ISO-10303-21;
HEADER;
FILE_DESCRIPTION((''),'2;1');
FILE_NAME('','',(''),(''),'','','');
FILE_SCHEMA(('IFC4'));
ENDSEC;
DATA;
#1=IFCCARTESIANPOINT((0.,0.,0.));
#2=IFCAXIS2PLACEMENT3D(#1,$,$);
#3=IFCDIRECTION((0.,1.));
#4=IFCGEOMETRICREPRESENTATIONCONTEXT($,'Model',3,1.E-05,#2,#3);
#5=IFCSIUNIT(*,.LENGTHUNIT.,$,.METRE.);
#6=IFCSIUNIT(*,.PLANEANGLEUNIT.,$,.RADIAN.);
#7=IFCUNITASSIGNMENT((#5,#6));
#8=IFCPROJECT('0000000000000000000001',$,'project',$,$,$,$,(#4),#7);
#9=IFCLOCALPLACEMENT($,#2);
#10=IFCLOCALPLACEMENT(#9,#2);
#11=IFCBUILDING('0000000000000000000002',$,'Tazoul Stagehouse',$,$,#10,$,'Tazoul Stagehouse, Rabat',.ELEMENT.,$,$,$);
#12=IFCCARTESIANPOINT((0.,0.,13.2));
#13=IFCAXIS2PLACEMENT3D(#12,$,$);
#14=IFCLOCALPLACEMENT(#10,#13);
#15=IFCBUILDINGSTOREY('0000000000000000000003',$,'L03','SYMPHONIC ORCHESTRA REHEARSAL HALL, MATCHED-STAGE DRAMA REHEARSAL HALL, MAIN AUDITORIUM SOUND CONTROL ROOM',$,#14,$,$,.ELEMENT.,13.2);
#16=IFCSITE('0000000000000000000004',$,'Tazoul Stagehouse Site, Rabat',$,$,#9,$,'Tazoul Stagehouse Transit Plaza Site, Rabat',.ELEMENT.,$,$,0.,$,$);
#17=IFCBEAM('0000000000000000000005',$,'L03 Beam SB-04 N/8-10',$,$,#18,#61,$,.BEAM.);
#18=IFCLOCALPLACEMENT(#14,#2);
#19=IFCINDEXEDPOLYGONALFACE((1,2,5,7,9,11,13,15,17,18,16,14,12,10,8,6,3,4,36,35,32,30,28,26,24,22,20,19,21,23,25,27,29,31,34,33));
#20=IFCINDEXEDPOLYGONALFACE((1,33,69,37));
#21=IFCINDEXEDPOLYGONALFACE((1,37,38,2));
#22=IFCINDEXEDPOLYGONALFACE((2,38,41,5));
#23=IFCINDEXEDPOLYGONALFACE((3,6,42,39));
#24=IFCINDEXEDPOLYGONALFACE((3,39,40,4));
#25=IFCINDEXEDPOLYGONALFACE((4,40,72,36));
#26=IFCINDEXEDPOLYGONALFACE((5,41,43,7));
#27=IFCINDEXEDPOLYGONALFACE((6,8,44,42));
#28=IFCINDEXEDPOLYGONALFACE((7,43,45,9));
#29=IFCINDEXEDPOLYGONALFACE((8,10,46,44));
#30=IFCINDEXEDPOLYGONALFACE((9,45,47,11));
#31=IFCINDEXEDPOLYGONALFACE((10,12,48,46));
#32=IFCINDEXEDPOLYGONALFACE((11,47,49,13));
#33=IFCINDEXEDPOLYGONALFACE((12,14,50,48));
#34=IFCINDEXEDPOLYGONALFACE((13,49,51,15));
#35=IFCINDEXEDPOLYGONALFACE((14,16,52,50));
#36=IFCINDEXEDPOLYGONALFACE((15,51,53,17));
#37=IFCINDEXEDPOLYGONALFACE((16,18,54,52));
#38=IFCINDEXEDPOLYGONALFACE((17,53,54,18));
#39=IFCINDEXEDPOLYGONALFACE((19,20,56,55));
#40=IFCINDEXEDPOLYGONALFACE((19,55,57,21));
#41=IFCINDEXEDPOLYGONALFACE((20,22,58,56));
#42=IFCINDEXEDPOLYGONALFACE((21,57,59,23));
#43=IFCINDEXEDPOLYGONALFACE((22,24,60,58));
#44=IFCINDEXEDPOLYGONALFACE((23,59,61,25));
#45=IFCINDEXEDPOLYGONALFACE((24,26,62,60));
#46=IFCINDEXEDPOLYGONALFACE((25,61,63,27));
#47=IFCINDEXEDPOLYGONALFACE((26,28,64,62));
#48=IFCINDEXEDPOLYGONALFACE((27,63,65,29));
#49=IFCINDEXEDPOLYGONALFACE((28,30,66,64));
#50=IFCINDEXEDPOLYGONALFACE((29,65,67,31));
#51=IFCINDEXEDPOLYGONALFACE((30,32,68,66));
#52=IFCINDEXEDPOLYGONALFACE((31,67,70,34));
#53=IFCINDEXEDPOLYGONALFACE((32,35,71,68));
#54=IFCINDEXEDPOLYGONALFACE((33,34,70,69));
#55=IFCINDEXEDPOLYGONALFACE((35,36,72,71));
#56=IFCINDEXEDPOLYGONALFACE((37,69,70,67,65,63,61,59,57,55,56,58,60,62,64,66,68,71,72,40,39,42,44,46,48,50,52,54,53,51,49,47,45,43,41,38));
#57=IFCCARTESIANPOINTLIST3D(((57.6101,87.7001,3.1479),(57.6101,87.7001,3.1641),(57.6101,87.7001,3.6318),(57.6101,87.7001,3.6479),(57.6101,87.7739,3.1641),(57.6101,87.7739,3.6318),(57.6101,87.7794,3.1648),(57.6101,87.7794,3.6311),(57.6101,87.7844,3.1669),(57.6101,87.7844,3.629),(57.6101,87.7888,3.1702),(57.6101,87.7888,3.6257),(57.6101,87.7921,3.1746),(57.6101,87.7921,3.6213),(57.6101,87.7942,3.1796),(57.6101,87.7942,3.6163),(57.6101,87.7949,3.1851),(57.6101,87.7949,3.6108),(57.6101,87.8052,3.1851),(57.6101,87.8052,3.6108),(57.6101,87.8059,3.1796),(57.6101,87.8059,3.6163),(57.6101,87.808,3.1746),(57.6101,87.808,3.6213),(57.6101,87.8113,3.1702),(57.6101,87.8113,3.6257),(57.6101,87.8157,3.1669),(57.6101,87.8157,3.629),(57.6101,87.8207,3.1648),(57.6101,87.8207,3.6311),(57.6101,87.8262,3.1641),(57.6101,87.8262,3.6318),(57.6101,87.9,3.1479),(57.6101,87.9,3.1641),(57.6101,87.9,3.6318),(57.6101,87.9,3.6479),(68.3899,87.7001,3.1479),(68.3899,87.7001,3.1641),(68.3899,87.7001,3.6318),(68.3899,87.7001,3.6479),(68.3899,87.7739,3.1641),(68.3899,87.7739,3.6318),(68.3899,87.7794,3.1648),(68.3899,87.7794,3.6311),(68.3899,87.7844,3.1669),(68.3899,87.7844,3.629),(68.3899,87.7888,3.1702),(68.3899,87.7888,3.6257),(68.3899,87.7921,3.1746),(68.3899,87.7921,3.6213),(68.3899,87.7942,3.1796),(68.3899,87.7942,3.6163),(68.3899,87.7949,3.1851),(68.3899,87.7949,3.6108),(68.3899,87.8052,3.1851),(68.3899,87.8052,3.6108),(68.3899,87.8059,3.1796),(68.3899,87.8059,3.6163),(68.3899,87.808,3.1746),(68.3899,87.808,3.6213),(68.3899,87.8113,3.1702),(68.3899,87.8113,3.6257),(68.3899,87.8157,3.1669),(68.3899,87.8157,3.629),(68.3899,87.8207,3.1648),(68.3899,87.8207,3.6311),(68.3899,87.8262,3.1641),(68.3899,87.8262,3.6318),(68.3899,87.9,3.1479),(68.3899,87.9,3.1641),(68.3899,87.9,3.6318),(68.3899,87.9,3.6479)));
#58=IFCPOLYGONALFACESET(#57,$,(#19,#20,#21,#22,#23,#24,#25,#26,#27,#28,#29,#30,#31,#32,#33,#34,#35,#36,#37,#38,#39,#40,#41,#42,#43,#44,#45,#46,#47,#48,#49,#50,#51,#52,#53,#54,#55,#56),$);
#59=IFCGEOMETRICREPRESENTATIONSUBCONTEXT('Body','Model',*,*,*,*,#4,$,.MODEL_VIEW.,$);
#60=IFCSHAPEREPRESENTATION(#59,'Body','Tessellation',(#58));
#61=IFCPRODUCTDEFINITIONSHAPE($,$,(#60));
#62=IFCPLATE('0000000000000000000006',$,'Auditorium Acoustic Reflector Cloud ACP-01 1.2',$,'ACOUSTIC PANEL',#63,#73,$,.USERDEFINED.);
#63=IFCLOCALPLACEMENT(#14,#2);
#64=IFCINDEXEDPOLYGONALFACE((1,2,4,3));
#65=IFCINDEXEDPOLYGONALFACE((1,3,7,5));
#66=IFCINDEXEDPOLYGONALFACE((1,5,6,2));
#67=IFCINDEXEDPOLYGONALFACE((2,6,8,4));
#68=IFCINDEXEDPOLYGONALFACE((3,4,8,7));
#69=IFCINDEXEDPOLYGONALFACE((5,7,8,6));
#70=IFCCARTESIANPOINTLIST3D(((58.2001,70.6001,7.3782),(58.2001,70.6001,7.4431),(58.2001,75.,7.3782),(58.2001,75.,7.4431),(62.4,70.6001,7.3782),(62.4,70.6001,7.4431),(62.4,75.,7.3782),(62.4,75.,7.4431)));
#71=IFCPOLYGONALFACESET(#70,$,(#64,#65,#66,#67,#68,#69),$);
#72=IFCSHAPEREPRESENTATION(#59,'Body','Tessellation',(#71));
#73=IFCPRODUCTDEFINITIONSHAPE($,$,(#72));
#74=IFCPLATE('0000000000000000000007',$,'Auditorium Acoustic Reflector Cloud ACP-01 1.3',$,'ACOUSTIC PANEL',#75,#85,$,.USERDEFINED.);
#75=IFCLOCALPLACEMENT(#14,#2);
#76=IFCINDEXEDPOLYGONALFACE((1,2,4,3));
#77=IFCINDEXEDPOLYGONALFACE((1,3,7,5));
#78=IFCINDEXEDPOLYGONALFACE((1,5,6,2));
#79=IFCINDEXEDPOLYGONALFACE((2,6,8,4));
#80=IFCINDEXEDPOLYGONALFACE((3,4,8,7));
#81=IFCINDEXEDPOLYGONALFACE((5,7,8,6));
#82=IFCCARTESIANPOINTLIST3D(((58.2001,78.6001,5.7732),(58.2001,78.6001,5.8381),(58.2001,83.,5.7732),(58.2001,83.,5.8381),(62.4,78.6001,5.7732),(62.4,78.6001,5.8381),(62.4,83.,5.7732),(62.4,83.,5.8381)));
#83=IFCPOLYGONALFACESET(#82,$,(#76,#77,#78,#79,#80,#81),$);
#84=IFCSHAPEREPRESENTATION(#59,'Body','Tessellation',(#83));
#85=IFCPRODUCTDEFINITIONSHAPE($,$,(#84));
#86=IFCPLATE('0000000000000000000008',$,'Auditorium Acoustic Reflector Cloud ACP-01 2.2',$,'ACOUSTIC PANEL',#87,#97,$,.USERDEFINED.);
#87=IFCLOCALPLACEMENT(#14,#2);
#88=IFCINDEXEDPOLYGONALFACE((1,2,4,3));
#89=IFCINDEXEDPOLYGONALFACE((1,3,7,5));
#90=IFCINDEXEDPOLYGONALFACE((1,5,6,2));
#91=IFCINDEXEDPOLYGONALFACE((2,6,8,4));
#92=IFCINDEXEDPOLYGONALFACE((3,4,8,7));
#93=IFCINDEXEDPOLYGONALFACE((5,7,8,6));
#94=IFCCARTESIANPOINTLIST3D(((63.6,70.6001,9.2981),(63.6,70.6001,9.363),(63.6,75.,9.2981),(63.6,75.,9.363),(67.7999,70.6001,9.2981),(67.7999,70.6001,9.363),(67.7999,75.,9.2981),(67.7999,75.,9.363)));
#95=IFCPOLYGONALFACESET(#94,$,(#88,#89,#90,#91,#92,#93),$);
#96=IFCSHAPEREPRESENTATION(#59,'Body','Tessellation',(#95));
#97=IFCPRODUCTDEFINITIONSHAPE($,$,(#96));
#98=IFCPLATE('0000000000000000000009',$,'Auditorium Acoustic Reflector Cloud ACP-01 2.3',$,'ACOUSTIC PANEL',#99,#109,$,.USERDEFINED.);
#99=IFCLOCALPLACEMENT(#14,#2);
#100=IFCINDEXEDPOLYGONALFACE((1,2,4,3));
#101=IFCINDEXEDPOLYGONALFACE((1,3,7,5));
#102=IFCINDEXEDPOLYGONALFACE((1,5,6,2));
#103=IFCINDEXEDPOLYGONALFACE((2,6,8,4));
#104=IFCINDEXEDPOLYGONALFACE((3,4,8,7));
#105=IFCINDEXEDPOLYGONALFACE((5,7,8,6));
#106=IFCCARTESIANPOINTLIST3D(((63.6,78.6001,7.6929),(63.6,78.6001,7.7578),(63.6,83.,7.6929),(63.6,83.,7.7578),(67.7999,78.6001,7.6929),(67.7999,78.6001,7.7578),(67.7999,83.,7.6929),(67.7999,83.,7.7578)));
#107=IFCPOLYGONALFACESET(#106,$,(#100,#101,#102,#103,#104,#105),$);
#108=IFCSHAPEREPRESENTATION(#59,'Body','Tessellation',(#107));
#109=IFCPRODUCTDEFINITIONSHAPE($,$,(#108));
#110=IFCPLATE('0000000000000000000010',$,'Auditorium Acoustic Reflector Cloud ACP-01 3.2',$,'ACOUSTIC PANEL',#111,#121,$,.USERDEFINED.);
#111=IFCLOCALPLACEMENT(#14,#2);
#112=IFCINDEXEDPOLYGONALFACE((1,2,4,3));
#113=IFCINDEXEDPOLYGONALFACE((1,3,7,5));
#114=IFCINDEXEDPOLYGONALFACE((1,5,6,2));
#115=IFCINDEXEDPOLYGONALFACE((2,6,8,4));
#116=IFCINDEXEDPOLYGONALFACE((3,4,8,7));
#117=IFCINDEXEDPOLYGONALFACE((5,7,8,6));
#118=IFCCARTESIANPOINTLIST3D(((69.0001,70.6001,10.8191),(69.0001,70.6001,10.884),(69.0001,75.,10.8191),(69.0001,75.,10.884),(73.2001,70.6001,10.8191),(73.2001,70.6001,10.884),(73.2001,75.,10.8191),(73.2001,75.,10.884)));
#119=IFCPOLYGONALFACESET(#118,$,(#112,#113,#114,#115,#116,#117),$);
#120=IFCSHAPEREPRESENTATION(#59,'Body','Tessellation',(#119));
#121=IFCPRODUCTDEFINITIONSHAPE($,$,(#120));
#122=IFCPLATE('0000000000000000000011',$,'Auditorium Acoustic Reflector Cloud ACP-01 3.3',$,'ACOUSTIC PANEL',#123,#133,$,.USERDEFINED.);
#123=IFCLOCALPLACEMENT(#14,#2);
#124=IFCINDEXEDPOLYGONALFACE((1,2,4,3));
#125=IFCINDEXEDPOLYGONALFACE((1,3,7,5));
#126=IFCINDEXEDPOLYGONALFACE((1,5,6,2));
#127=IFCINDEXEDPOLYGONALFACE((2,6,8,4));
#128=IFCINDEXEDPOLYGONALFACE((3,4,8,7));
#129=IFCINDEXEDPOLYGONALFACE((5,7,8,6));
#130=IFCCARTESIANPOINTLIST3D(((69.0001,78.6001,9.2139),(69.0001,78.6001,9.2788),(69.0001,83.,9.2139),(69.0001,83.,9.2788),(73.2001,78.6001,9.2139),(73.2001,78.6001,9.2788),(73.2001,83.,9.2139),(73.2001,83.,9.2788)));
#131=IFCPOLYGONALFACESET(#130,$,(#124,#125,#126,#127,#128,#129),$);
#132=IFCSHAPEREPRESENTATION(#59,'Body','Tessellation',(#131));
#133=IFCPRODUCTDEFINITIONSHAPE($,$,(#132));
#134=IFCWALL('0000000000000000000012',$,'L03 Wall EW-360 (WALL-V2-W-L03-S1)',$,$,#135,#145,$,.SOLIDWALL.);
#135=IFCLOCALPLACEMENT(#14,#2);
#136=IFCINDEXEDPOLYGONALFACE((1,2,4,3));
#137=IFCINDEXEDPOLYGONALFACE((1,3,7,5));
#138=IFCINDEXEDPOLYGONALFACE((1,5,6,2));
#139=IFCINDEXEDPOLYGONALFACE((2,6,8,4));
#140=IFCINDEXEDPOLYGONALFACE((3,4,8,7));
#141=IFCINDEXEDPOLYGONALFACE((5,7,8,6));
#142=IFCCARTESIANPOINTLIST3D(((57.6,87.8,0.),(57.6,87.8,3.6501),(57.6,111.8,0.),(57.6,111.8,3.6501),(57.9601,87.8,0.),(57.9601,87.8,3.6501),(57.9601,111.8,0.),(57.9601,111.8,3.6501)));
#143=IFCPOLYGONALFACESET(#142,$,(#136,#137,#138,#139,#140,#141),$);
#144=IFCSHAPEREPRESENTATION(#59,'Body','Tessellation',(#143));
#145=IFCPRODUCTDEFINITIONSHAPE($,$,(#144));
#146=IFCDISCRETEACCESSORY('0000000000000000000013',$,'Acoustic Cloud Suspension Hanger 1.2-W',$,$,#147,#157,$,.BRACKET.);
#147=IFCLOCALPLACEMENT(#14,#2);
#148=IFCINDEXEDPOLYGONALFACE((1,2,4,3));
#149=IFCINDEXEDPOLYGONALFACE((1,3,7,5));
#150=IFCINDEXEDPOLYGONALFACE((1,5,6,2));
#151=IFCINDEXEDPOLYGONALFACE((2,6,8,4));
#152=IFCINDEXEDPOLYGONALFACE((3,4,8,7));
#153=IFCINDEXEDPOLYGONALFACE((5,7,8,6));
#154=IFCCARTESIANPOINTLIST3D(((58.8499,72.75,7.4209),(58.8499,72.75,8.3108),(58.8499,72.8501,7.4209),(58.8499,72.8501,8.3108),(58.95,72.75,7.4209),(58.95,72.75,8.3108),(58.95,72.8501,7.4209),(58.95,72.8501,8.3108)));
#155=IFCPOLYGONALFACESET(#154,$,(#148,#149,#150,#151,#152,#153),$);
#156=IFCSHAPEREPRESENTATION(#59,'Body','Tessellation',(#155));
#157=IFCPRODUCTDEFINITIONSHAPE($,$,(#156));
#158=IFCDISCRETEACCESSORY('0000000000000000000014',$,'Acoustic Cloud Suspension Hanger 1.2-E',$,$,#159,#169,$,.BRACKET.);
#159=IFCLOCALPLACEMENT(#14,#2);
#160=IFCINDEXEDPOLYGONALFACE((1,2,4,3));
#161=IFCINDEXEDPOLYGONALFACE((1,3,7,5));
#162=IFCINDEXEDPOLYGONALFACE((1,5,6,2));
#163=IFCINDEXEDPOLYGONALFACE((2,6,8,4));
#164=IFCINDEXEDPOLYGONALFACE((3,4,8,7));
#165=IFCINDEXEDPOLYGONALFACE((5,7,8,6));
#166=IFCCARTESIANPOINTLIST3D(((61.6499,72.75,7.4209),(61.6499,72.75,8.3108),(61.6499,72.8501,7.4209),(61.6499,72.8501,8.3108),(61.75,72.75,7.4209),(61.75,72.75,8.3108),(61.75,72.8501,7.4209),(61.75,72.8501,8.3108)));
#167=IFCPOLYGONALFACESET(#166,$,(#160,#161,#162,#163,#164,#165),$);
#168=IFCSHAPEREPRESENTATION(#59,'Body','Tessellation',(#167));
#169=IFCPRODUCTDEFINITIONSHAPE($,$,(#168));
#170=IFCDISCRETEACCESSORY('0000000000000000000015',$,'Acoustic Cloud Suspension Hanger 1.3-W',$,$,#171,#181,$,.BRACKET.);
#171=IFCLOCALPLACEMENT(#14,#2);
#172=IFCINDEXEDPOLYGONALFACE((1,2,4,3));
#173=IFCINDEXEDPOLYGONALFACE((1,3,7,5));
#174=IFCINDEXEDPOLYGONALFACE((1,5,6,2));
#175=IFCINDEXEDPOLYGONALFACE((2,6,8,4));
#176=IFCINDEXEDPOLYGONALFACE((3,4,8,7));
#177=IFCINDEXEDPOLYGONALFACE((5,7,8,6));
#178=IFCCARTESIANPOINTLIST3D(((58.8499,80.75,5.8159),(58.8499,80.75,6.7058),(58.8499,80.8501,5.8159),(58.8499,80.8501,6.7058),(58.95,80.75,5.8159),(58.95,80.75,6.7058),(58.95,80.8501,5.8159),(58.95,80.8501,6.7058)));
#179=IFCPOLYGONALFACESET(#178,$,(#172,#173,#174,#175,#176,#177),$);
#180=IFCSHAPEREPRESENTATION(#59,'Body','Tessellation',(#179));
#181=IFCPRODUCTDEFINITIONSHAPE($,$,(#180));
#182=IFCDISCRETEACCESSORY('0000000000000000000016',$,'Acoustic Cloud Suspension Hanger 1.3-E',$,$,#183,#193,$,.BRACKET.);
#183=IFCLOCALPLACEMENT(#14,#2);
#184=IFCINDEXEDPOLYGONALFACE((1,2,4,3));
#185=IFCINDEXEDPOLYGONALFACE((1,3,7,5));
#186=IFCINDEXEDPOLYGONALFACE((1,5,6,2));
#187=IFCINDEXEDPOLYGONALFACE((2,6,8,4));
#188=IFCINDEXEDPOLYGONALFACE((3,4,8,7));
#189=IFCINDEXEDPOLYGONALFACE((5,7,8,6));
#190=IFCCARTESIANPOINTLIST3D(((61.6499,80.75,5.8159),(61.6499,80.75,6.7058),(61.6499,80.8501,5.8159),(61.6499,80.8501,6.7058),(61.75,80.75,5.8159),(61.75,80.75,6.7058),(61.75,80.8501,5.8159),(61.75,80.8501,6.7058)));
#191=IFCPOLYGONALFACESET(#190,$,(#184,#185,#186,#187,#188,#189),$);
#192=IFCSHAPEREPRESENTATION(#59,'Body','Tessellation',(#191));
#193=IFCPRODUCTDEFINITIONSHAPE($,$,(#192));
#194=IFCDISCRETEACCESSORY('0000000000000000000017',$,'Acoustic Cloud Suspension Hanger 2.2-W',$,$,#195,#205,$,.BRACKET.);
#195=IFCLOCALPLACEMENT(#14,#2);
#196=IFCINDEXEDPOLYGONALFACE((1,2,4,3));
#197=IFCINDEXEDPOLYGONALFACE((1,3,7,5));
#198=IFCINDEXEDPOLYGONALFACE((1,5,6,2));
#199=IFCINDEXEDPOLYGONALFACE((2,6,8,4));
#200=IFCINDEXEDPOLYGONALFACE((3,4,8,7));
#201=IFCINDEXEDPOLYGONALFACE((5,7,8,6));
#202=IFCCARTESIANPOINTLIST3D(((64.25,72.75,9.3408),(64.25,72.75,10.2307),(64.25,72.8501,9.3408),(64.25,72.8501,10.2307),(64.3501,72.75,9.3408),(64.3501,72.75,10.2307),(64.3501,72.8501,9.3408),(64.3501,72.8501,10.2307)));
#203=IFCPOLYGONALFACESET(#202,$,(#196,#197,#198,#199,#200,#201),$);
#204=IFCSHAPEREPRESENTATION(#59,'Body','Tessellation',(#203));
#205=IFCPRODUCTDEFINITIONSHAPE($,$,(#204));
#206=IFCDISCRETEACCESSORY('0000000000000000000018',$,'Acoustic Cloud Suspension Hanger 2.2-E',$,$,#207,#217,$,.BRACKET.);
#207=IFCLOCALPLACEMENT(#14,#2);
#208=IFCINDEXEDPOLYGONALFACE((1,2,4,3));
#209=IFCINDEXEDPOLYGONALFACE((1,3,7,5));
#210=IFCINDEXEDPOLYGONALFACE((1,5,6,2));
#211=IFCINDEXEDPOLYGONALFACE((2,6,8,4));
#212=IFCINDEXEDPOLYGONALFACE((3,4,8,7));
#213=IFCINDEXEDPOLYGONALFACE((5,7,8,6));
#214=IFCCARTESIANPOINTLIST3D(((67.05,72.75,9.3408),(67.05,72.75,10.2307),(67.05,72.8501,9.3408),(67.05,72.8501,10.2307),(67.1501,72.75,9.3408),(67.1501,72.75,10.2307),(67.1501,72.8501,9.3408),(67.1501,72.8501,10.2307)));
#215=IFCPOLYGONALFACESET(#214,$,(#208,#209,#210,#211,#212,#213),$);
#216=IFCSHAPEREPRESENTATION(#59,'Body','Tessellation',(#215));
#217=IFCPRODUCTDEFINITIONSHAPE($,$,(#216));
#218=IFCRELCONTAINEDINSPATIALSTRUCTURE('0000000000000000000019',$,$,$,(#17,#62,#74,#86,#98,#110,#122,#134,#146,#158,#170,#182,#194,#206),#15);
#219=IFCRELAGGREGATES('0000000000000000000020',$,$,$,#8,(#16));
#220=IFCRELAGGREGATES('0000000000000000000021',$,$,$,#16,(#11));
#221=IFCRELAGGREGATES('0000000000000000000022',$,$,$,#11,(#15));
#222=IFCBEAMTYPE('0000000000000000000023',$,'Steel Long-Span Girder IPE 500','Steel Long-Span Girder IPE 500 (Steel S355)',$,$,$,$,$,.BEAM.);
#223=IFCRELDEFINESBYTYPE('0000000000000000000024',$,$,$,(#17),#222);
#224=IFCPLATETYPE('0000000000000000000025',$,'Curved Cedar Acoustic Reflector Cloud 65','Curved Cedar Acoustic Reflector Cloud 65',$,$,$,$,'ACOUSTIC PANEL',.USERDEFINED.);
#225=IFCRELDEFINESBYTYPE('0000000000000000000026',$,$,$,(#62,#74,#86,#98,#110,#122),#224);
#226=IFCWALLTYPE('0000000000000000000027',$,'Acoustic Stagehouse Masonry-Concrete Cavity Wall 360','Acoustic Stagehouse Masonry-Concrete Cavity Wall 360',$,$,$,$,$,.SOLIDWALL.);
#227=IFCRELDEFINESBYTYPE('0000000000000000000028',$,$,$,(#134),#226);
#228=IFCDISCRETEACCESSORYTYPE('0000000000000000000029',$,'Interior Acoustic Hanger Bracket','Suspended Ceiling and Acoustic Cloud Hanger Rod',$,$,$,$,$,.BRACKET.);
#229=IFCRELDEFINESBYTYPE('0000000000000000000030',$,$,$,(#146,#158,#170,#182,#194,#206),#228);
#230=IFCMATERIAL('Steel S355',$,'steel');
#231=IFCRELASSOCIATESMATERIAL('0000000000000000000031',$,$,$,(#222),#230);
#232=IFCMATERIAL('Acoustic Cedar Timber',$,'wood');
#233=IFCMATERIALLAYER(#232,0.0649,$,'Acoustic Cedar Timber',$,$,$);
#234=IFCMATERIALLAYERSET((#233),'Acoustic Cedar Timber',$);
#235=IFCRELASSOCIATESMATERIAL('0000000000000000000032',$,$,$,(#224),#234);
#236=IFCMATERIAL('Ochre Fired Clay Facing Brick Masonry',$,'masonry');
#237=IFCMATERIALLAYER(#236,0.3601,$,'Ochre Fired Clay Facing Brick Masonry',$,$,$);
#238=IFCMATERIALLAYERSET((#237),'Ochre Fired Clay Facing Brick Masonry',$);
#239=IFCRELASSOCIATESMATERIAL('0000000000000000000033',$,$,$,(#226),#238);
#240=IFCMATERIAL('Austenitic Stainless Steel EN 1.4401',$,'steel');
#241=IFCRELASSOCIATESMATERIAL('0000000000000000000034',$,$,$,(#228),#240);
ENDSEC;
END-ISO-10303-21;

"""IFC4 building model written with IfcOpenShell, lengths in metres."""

from ifc_helpers import new_model, si_unit, direction, frame, frame_2d, origin, origin_2d, place, context, subcontext, project, spatial, rectangle, i_section, extrude, material, layer, layer_set, material_profile, profile_set, type_object, element, save


model = new_model("IFC4")

# Units and contexts
model_context = context("Model", 3, precision=1e-05, world=origin(), true_north=direction((0.0, 1.0)))
body_context = subcontext(model_context, "Body", "Model", "MODEL_VIEW")
ifc_project = project(units=[si_unit("LENGTHUNIT", "METRE"), si_unit("PLANEANGLEUNIT", "RADIAN")], contexts=[model_context])

# Site, building, storey
site_placement = place(None, origin())
site = spatial("IfcSite", under=ifc_project, at=site_placement, Name="Tazoul Stagehouse Site, Rabat", LongName="Tazoul Stagehouse Transit Plaza Site, Rabat", CompositionType="ELEMENT", RefElevation=0.0)
building_placement = place(site_placement, origin())
building = spatial("IfcBuilding", under=site, at=building_placement, Name="Tazoul Stagehouse", LongName="Tazoul Stagehouse, Rabat", CompositionType="ELEMENT")
storey_placement = place(building_placement, frame((0.0, 0.0, 13.2)))
storey = spatial("IfcBuildingStorey", under=building, at=storey_placement, Name="L03", Description="SYMPHONIC ORCHESTRA REHEARSAL HALL, MATCHED-STAGE DRAMA REHEARSAL HALL, MAIN AUDITORIUM SOUND CONTROL ROOM", CompositionType="ELEMENT", Elevation=13.2)

# Shared definitions
ifc_material_1 = material(Name="Steel S355", Category="steel")

# Beam
ifc_material_profile_1 = material_profile(ifc_material_1, i_section(OverallWidth=0.2, OverallDepth=0.5, WebThickness=0.0103, FlangeThickness=0.0161, FilletRadius=0.021, at=origin_2d()), Name="IPE 500")
ifc_profile_set_1 = profile_set([ifc_material_profile_1], Name="Steel S355")
beam_type_1 = type_object("IfcBeamType", Name="Steel Long-Span Girder IPE 500", Description="Steel Long-Span Girder IPE 500 (Steel S355)", PredefinedType="BEAM", material=ifc_profile_set_1)
beam_1_placement = place(storey_placement, frame((57.6101, 87.8, 3.3979), z_axis=(1.0, 0.0, 0.0), x_axis=(0.0, 1.0, 0.0)))
element("IfcBeam", 1, at=beam_1_placement, inside=storey, type_object=beam_type_1, Name="L03 Beam SB-04 N/8-10", PredefinedType="BEAM", context=body_context, shape_type="SweptSolid", body=[
    extrude(i_section(OverallWidth=0.2, OverallDepth=0.5, WebThickness=0.0103, FlangeThickness=0.0161, FilletRadius=0.021, at=origin_2d()), origin(), (0.0, 0.0, 1.0), 10.7798),
])

# Plates
ifc_material_2 = material(Name="Acoustic Cedar Timber", Category="wood")
ifc_layer_1 = layer(ifc_material_2, 0.0649, Name="Acoustic Cedar Timber")
ifc_layer_set_1 = layer_set([ifc_layer_1], Name="Acoustic Cedar Timber")
plate_type = type_object("IfcPlateType", Name="Curved Cedar Acoustic Reflector Cloud 65", Description="Curved Cedar Acoustic Reflector Cloud 65", ElementType="ACOUSTIC PANEL", PredefinedType="USERDEFINED", material=ifc_layer_set_1)
for number, where, z_axis, x_axis, name in (
    (2, (60.3, 72.8, 7.3782), (0.0, 0.0, 1.0), (1.0, 0.0, 0.0), "Auditorium Acoustic Reflector Cloud ACP-01 1.2"),
    (3, (60.3, 80.8, 5.7732), (0.0, 0.0, 1.0), (1.0, 0.0, 0.0), "Auditorium Acoustic Reflector Cloud ACP-01 1.3"),
    (4, (65.7, 72.8, 9.2981), (0.0, 0.0, 1.0), (1.0, 0.0, 0.0), "Auditorium Acoustic Reflector Cloud ACP-01 2.2"),
    (5, (65.7, 80.8, 7.6929), (0.0, 0.0, 1.0), (1.0, 0.0, 0.0), "Auditorium Acoustic Reflector Cloud ACP-01 2.3"),
    (6, (71.1001, 72.8, 10.8191), (0.0, 0.0, 1.0), (1.0, 0.0, 0.0), "Auditorium Acoustic Reflector Cloud ACP-01 3.2"),
    (7, (71.1001, 80.8, 9.2139), (0.0, 0.0, 1.0), (1.0, 0.0, 0.0), "Auditorium Acoustic Reflector Cloud ACP-01 3.3"),
):
    element("IfcPlate", number, at=place(storey_placement, frame(where, z_axis=z_axis, x_axis=x_axis)), inside=storey, type_object=plate_type, Name=name, ObjectType="ACOUSTIC PANEL", PredefinedType="USERDEFINED", context=body_context, shape_type="SweptSolid", body=[
        extrude(rectangle(XDim=4.2, YDim=4.3999, at=origin_2d()), origin(), (0.0, 0.0, 1.0), 0.0649),
    ])

# Wall
ifc_material_3 = material(Name="Ochre Fired Clay Facing Brick Masonry", Category="masonry")
ifc_layer_2 = layer(ifc_material_3, 0.3601, Name="Ochre Fired Clay Facing Brick Masonry")
ifc_layer_set_2 = layer_set([ifc_layer_2], Name="Ochre Fired Clay Facing Brick Masonry")
wall_type = type_object("IfcWallType", Name="Acoustic Stagehouse Masonry-Concrete Cavity Wall 360", Description="Acoustic Stagehouse Masonry-Concrete Cavity Wall 360", PredefinedType="SOLIDWALL", material=ifc_layer_set_2)
wall_placement = place(storey_placement, frame((57.78, 87.8, 0.0), z_axis=(0.0, 0.0, 1.0), x_axis=(0.0, 1.0, 0.0)))
element("IfcWall", 8, at=wall_placement, inside=storey, type_object=wall_type, Name="L03 Wall EW-360 (WALL-V2-W-L03-S1)", PredefinedType="SOLIDWALL", context=body_context, shape_type="SweptSolid", body=[
    extrude(rectangle(XDim=24.0, YDim=0.3601, at=frame_2d((12.0, 0.0))), origin(), (0.0, 0.0, 1.0), 3.6501),
])

# Discrete accessories
ifc_material_4 = material(Name="Austenitic Stainless Steel EN 1.4401", Category="steel")
discrete_accessory_type = type_object("IfcDiscreteAccessoryType", Name="Interior Acoustic Hanger Bracket", Description="Suspended Ceiling and Acoustic Cloud Hanger Rod", PredefinedType="BRACKET", material=ifc_material_4)
for number, where, z_axis, x_axis, name in (
    (9, (58.8999, 72.8, 7.4209), (0.0, 0.0, 1.0), (1.0, 0.0, 0.0), "Acoustic Cloud Suspension Hanger 1.2-W"),
    (10, (61.7, 72.8, 7.4209), (0.0, 0.0, 1.0), (1.0, 0.0, 0.0), "Acoustic Cloud Suspension Hanger 1.2-E"),
    (11, (58.8999, 80.8, 5.8159), (0.0, 0.0, 1.0), (1.0, 0.0, 0.0), "Acoustic Cloud Suspension Hanger 1.3-W"),
    (12, (61.7, 80.8, 5.8159), (0.0, 0.0, 1.0), (1.0, 0.0, 0.0), "Acoustic Cloud Suspension Hanger 1.3-E"),
    (13, (64.3, 72.8, 9.3408), (0.0, 0.0, 1.0), (1.0, 0.0, 0.0), "Acoustic Cloud Suspension Hanger 2.2-W"),
    (14, (67.1001, 72.8, 9.3408), (0.0, 0.0, 1.0), (1.0, 0.0, 0.0), "Acoustic Cloud Suspension Hanger 2.2-E"),
):
    element("IfcDiscreteAccessory", number, at=place(storey_placement, frame(where, z_axis=z_axis, x_axis=x_axis)), inside=storey, type_object=discrete_accessory_type, Name=name, PredefinedType="BRACKET", context=body_context, shape_type="SweptSolid", body=[
        extrude(rectangle(XDim=0.1001, YDim=0.1001, at=origin_2d()), origin(), (0.0, 0.0, 1.0), 0.8899),
    ])

save(model, "model.ifc")
